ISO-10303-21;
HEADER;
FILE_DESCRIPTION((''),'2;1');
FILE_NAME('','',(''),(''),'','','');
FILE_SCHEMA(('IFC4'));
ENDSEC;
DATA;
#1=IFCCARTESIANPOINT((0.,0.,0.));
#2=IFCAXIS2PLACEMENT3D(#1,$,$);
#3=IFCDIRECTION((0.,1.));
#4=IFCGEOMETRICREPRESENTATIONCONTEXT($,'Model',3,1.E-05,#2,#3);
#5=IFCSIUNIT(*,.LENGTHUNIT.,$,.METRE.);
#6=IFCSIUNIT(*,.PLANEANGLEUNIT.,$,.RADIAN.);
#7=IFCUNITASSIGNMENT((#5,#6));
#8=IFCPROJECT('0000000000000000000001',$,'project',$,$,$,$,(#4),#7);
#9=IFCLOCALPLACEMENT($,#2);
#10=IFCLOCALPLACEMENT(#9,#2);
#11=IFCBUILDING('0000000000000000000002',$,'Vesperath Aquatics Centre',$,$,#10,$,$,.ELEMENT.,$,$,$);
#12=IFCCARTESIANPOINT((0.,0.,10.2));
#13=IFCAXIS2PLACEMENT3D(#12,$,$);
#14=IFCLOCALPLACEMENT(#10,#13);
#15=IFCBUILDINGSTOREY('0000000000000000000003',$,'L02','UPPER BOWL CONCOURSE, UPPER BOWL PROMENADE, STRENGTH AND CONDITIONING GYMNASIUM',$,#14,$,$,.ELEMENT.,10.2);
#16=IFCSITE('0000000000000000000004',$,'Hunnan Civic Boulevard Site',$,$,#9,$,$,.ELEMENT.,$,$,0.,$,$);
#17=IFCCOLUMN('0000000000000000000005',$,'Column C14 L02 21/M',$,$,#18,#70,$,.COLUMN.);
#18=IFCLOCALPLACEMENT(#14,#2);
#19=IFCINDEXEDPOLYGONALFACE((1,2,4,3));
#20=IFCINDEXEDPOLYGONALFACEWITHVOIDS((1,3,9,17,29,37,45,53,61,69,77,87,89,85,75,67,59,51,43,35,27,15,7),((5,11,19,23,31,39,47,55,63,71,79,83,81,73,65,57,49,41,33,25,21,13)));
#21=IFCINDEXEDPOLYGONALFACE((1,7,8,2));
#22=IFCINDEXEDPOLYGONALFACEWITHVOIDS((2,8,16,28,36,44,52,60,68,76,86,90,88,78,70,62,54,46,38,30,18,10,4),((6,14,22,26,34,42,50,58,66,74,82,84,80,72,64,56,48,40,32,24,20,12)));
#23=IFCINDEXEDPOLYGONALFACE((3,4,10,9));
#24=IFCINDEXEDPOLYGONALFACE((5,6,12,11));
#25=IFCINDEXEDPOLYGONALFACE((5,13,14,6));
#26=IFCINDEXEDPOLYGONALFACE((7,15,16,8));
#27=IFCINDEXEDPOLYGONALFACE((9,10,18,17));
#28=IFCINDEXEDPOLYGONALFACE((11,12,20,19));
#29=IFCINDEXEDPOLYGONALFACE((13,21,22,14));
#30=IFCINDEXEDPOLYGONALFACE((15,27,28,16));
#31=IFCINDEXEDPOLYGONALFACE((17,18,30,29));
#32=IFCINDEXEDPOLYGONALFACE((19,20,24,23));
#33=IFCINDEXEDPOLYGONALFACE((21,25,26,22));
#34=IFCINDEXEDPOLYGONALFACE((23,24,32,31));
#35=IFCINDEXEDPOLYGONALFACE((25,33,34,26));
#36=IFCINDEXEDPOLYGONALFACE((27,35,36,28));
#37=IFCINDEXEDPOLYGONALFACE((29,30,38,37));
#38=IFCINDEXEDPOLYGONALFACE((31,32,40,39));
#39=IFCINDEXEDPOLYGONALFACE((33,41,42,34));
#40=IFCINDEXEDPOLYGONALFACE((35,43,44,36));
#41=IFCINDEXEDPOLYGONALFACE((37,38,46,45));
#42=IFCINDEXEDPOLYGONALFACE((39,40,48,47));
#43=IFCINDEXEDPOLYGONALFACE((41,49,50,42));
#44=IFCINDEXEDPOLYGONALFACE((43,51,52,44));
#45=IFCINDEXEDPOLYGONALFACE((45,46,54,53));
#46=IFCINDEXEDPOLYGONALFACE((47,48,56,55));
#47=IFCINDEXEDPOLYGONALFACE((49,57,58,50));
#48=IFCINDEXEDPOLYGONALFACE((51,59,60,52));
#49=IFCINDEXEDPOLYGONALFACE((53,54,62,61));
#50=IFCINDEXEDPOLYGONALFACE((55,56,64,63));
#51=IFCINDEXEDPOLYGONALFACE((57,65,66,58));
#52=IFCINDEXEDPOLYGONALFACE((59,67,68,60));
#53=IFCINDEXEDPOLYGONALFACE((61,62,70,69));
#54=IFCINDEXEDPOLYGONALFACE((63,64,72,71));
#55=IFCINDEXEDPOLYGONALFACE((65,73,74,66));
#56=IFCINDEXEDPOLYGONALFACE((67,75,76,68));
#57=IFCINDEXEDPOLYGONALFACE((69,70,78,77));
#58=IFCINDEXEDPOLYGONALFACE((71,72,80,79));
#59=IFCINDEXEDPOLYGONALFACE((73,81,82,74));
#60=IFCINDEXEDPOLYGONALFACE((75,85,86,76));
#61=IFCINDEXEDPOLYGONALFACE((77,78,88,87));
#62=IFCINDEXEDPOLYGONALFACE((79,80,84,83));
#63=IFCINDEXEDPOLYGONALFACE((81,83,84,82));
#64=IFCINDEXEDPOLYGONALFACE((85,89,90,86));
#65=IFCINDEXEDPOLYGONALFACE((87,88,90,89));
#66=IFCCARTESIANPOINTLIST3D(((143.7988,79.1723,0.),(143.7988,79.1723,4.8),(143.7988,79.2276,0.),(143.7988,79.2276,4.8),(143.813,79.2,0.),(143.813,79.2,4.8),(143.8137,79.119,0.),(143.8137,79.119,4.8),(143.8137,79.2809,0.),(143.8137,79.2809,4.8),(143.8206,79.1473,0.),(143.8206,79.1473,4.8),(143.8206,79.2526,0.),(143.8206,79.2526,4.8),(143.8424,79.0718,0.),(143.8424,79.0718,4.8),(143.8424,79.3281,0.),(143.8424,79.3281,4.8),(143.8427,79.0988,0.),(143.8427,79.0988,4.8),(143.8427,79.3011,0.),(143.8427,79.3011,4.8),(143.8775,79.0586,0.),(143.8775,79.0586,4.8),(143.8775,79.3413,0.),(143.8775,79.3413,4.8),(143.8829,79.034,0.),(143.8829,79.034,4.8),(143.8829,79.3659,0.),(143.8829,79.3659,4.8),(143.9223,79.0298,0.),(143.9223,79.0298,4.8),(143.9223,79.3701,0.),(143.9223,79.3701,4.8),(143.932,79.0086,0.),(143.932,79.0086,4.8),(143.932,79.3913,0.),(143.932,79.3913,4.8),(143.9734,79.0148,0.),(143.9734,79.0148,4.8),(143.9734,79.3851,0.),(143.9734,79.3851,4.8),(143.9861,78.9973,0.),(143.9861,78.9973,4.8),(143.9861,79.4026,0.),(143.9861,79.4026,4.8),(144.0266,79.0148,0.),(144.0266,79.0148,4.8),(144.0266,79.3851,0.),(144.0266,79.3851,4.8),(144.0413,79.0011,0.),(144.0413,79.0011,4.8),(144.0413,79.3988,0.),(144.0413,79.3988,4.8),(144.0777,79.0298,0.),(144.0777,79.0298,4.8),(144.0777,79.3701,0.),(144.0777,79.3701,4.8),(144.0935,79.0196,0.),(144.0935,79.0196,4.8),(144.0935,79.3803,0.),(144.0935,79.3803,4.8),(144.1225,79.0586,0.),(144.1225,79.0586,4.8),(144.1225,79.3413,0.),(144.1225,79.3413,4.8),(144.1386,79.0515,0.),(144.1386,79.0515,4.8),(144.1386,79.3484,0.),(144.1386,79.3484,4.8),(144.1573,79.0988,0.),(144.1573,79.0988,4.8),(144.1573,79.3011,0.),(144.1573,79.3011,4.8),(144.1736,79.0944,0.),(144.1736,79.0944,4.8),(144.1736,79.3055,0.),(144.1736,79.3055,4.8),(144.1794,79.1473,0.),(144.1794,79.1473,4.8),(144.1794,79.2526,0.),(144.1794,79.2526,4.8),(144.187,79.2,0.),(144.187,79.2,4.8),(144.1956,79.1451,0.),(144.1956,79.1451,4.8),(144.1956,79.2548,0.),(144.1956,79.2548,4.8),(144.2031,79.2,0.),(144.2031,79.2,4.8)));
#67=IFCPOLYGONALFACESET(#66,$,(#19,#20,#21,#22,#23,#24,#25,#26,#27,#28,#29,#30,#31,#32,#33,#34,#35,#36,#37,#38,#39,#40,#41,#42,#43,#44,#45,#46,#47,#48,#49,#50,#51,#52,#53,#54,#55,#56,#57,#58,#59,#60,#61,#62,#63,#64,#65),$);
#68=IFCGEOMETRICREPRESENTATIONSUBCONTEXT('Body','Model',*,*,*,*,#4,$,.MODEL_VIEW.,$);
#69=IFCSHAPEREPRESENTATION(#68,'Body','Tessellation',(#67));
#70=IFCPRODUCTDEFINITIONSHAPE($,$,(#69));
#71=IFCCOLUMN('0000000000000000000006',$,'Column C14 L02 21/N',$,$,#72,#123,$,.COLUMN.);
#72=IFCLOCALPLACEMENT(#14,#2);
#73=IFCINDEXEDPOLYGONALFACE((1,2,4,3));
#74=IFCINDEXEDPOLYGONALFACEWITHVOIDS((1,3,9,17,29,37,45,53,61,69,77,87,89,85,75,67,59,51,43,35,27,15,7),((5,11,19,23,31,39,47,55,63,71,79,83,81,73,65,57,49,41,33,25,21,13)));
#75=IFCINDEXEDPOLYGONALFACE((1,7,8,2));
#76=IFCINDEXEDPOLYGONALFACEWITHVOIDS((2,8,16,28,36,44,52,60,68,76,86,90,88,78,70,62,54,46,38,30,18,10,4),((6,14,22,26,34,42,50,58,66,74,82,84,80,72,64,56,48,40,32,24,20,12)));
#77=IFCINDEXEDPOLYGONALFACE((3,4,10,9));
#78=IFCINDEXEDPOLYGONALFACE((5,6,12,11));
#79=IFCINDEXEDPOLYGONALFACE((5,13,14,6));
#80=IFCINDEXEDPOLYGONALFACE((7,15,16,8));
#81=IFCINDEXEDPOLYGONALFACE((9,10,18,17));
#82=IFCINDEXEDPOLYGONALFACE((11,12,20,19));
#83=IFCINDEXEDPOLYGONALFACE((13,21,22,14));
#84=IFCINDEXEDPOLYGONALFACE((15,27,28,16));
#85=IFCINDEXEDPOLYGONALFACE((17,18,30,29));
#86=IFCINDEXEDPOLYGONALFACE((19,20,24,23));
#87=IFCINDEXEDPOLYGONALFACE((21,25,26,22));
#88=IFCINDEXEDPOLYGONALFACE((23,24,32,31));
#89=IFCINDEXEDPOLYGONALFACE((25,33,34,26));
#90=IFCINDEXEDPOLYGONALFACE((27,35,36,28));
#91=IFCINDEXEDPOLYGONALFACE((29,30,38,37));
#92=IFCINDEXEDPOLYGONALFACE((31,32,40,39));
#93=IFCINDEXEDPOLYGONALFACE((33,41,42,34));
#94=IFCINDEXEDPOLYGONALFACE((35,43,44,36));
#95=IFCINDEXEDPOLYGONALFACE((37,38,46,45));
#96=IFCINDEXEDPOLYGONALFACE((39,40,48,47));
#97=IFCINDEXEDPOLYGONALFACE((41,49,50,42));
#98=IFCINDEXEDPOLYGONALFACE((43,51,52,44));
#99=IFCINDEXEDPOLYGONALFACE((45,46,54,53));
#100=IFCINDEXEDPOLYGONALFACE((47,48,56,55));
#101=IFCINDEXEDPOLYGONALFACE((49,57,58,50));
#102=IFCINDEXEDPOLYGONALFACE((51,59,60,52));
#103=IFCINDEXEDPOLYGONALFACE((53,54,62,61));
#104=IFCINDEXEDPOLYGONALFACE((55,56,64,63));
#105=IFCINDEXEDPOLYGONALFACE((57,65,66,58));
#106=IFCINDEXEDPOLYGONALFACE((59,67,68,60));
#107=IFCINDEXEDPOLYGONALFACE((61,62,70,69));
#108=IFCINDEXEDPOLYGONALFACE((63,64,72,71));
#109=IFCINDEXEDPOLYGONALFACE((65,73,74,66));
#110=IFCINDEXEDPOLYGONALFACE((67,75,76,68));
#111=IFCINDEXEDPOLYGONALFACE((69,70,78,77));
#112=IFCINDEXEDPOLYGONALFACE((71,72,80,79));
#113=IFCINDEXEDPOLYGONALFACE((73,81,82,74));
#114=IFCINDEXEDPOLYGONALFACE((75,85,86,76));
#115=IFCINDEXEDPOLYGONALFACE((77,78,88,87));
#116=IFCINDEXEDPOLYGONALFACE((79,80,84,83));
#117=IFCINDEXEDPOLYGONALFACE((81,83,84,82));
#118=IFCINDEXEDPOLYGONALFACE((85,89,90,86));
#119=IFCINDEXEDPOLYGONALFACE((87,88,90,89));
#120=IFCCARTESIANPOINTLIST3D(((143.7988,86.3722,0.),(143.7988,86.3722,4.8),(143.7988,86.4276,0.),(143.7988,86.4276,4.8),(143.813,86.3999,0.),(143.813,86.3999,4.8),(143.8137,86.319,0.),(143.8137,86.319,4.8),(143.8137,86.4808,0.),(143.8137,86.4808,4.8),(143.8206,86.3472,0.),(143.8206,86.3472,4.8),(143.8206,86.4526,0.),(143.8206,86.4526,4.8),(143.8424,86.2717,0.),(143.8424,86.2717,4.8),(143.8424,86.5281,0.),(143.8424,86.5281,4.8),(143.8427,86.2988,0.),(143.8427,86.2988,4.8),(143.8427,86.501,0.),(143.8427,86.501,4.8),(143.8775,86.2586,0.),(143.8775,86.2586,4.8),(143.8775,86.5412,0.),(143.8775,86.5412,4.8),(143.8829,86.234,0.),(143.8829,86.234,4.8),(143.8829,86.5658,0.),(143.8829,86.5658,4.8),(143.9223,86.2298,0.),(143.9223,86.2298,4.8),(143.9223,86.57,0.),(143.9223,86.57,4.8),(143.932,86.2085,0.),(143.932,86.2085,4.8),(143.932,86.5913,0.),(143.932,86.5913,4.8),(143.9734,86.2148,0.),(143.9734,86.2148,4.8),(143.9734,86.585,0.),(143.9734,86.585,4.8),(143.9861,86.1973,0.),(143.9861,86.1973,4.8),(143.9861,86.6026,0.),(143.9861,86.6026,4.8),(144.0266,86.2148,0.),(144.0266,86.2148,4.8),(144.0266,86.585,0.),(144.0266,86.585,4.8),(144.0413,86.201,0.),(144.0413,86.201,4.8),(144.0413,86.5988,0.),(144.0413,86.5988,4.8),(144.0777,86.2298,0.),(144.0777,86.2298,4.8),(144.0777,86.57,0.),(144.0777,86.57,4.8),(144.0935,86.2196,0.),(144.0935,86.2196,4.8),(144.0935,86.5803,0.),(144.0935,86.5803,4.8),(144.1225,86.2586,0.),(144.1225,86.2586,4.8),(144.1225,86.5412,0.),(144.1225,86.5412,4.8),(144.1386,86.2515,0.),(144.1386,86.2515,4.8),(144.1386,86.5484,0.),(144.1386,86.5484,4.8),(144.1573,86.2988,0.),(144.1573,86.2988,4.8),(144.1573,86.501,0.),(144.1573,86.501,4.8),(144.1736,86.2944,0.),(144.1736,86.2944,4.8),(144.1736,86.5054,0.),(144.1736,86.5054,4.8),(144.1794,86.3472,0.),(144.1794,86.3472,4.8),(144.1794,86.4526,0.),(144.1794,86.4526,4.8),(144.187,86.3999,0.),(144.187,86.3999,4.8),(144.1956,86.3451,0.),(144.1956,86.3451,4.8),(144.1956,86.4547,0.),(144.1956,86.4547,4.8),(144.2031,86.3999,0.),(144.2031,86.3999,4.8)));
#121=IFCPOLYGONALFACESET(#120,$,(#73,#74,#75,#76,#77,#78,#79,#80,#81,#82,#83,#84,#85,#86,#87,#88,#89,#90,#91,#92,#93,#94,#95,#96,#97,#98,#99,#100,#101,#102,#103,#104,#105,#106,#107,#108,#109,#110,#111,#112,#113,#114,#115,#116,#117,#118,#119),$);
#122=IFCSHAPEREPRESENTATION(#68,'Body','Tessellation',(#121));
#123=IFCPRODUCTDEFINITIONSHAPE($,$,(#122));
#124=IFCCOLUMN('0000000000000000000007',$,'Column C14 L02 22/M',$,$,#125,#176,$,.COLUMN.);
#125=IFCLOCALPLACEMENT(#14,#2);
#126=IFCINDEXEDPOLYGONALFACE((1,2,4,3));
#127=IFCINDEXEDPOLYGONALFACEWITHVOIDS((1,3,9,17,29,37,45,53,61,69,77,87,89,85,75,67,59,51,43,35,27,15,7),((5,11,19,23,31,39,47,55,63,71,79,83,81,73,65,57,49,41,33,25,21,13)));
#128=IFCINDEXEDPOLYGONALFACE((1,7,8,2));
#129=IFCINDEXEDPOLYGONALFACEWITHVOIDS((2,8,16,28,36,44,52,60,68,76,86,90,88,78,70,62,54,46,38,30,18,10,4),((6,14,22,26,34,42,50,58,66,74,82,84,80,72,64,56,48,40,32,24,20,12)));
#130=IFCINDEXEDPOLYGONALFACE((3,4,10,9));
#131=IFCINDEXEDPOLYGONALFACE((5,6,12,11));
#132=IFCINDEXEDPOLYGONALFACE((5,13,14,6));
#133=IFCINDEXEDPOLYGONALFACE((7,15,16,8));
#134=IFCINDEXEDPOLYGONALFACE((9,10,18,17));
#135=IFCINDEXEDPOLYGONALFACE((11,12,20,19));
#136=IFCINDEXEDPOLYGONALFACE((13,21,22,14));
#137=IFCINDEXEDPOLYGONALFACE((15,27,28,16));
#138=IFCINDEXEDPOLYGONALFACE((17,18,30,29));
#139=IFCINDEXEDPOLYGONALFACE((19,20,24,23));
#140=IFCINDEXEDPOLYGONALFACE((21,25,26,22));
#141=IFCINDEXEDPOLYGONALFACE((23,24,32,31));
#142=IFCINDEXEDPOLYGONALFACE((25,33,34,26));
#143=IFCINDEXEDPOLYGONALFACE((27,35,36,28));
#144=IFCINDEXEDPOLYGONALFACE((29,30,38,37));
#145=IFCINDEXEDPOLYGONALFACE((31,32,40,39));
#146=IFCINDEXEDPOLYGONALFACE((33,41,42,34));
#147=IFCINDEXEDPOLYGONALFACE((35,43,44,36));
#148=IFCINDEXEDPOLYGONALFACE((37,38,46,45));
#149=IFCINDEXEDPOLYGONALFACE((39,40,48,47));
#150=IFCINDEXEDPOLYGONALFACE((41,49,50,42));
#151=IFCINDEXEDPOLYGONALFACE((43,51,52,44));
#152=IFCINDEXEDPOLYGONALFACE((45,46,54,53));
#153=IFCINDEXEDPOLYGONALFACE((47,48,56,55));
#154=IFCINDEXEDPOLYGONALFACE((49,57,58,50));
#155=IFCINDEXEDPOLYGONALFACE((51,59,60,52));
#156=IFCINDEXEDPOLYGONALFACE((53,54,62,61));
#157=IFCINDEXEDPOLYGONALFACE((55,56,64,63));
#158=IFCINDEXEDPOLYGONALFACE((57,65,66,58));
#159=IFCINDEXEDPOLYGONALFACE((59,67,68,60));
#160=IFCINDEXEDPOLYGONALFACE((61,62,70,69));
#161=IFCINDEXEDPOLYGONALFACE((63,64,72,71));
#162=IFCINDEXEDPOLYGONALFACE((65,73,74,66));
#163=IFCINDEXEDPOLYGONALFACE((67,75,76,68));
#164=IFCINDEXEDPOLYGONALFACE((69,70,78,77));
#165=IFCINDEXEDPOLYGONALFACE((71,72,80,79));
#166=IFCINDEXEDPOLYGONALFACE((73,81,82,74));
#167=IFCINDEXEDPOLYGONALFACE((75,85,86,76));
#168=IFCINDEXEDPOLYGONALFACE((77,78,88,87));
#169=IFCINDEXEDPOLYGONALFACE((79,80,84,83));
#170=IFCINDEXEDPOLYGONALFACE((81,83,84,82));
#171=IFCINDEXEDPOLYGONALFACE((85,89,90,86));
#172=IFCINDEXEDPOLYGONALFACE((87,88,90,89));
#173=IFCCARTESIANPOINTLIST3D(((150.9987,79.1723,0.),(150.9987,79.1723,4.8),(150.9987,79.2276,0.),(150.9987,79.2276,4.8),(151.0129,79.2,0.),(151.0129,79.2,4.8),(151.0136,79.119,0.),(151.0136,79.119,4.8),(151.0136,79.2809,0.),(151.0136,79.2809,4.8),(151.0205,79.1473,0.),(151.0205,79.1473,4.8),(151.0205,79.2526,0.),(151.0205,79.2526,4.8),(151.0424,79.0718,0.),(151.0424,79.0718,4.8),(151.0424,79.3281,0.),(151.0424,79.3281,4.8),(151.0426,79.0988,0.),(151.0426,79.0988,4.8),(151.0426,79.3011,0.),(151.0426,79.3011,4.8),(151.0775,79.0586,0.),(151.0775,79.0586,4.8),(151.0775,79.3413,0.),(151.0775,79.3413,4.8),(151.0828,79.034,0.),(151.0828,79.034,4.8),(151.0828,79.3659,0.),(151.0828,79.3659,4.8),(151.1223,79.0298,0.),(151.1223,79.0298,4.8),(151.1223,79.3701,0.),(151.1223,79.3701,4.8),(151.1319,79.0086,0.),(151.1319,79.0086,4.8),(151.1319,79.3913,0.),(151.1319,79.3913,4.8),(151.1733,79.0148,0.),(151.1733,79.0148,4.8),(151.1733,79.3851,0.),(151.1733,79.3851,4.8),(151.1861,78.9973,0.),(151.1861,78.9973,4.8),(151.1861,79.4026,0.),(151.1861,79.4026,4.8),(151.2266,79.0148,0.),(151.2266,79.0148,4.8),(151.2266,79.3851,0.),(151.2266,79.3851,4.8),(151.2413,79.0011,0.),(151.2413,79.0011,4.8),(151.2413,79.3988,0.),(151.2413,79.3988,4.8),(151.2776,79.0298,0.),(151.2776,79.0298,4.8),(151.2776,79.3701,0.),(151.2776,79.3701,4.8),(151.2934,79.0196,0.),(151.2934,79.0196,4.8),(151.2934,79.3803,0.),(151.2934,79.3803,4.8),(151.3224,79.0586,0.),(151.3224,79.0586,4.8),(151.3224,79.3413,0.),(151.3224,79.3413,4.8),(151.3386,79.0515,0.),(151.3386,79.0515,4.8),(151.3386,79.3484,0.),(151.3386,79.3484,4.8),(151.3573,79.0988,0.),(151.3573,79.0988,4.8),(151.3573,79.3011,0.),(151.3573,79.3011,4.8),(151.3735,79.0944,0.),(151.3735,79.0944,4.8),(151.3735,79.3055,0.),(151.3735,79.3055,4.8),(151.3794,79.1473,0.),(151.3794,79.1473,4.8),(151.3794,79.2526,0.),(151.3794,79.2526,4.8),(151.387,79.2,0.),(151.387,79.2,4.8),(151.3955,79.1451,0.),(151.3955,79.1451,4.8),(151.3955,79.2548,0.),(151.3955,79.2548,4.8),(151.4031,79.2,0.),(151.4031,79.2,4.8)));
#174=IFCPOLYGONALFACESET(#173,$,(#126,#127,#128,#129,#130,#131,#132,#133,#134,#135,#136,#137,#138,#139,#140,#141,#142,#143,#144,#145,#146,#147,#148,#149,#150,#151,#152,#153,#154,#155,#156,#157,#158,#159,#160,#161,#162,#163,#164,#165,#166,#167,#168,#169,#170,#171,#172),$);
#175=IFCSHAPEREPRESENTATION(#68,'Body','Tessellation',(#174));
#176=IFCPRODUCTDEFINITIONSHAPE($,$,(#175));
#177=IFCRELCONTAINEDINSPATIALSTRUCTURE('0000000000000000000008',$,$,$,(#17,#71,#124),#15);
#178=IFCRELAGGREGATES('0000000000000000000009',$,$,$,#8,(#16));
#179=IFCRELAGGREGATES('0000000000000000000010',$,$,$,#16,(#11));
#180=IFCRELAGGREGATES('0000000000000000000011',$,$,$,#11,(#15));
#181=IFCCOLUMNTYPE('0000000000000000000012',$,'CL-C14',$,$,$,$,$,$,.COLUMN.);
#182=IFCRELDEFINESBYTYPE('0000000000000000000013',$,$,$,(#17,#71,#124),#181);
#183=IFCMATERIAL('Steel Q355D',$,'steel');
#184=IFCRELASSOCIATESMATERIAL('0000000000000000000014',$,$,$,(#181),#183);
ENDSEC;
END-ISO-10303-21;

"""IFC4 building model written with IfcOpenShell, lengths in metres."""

from ifc_helpers import new_model, si_unit, direction, frame, origin, origin_2d, place, context, subcontext, project, spatial, hollow_circle, extrude, material, material_profile, profile_set, type_object, element, save


model = new_model("IFC4")

# Units and contexts
model_context = context("Model", 3, precision=1e-05, world=origin(), true_north=direction((0.0, 1.0)))
body_context = subcontext(model_context, "Body", "Model", "MODEL_VIEW")
ifc_project = project(units=[si_unit("LENGTHUNIT", "METRE"), si_unit("PLANEANGLEUNIT", "RADIAN")], contexts=[model_context])

# Site, building, storey
site_placement = place(None, origin())
site = spatial("IfcSite", under=ifc_project, at=site_placement, Name="Hunnan Civic Boulevard Site", CompositionType="ELEMENT", RefElevation=0.0)
building_placement = place(site_placement, origin())
building = spatial("IfcBuilding", under=site, at=building_placement, Name="Vesperath Aquatics Centre", CompositionType="ELEMENT")
storey_placement = place(building_placement, frame((0.0, 0.0, 10.2)))
storey = spatial("IfcBuildingStorey", under=building, at=storey_placement, Name="L02", Description="UPPER BOWL CONCOURSE, UPPER BOWL PROMENADE, STRENGTH AND CONDITIONING GYMNASIUM", CompositionType="ELEMENT", Elevation=10.2)

# Columns
ifc_material_1 = material(Name="Steel Q355D", Category="steel")
ifc_material_profile_1 = material_profile(ifc_material_1, hollow_circle(Radius=0.2031, WallThickness=0.0161, at=origin_2d()), Name="CHS 406.4x16")
ifc_profile_set_1 = profile_set([ifc_material_profile_1], Name="Steel Q355D")
column_type = type_object("IfcColumnType", Name="CL-C14", PredefinedType="COLUMN", material=ifc_profile_set_1)
for number, where, z_axis, x_axis, name in (
    (1, (144.0, 79.2, 0.0), (0.0, 0.0, 1.0), (1.0, 0.0, 0.0), "Column C14 L02 21/M"),
    (2, (144.0, 86.3999, 0.0), (0.0, 0.0, 1.0), (1.0, 0.0, 0.0), "Column C14 L02 21/N"),
    (3, (151.2, 79.2, 0.0), (0.0, 0.0, 1.0), (1.0, 0.0, 0.0), "Column C14 L02 22/M"),
):
    element("IfcColumn", number, at=place(storey_placement, frame(where, z_axis=z_axis, x_axis=x_axis)), inside=storey, type_object=column_type, Name=name, PredefinedType="COLUMN", context=body_context, shape_type="SweptSolid", body=[
        extrude(hollow_circle(Radius=0.2031, WallThickness=0.0161, at=origin_2d()), origin(), (0.0, 0.0, 1.0), 4.8),
    ])

save(model, "model.ifc")
